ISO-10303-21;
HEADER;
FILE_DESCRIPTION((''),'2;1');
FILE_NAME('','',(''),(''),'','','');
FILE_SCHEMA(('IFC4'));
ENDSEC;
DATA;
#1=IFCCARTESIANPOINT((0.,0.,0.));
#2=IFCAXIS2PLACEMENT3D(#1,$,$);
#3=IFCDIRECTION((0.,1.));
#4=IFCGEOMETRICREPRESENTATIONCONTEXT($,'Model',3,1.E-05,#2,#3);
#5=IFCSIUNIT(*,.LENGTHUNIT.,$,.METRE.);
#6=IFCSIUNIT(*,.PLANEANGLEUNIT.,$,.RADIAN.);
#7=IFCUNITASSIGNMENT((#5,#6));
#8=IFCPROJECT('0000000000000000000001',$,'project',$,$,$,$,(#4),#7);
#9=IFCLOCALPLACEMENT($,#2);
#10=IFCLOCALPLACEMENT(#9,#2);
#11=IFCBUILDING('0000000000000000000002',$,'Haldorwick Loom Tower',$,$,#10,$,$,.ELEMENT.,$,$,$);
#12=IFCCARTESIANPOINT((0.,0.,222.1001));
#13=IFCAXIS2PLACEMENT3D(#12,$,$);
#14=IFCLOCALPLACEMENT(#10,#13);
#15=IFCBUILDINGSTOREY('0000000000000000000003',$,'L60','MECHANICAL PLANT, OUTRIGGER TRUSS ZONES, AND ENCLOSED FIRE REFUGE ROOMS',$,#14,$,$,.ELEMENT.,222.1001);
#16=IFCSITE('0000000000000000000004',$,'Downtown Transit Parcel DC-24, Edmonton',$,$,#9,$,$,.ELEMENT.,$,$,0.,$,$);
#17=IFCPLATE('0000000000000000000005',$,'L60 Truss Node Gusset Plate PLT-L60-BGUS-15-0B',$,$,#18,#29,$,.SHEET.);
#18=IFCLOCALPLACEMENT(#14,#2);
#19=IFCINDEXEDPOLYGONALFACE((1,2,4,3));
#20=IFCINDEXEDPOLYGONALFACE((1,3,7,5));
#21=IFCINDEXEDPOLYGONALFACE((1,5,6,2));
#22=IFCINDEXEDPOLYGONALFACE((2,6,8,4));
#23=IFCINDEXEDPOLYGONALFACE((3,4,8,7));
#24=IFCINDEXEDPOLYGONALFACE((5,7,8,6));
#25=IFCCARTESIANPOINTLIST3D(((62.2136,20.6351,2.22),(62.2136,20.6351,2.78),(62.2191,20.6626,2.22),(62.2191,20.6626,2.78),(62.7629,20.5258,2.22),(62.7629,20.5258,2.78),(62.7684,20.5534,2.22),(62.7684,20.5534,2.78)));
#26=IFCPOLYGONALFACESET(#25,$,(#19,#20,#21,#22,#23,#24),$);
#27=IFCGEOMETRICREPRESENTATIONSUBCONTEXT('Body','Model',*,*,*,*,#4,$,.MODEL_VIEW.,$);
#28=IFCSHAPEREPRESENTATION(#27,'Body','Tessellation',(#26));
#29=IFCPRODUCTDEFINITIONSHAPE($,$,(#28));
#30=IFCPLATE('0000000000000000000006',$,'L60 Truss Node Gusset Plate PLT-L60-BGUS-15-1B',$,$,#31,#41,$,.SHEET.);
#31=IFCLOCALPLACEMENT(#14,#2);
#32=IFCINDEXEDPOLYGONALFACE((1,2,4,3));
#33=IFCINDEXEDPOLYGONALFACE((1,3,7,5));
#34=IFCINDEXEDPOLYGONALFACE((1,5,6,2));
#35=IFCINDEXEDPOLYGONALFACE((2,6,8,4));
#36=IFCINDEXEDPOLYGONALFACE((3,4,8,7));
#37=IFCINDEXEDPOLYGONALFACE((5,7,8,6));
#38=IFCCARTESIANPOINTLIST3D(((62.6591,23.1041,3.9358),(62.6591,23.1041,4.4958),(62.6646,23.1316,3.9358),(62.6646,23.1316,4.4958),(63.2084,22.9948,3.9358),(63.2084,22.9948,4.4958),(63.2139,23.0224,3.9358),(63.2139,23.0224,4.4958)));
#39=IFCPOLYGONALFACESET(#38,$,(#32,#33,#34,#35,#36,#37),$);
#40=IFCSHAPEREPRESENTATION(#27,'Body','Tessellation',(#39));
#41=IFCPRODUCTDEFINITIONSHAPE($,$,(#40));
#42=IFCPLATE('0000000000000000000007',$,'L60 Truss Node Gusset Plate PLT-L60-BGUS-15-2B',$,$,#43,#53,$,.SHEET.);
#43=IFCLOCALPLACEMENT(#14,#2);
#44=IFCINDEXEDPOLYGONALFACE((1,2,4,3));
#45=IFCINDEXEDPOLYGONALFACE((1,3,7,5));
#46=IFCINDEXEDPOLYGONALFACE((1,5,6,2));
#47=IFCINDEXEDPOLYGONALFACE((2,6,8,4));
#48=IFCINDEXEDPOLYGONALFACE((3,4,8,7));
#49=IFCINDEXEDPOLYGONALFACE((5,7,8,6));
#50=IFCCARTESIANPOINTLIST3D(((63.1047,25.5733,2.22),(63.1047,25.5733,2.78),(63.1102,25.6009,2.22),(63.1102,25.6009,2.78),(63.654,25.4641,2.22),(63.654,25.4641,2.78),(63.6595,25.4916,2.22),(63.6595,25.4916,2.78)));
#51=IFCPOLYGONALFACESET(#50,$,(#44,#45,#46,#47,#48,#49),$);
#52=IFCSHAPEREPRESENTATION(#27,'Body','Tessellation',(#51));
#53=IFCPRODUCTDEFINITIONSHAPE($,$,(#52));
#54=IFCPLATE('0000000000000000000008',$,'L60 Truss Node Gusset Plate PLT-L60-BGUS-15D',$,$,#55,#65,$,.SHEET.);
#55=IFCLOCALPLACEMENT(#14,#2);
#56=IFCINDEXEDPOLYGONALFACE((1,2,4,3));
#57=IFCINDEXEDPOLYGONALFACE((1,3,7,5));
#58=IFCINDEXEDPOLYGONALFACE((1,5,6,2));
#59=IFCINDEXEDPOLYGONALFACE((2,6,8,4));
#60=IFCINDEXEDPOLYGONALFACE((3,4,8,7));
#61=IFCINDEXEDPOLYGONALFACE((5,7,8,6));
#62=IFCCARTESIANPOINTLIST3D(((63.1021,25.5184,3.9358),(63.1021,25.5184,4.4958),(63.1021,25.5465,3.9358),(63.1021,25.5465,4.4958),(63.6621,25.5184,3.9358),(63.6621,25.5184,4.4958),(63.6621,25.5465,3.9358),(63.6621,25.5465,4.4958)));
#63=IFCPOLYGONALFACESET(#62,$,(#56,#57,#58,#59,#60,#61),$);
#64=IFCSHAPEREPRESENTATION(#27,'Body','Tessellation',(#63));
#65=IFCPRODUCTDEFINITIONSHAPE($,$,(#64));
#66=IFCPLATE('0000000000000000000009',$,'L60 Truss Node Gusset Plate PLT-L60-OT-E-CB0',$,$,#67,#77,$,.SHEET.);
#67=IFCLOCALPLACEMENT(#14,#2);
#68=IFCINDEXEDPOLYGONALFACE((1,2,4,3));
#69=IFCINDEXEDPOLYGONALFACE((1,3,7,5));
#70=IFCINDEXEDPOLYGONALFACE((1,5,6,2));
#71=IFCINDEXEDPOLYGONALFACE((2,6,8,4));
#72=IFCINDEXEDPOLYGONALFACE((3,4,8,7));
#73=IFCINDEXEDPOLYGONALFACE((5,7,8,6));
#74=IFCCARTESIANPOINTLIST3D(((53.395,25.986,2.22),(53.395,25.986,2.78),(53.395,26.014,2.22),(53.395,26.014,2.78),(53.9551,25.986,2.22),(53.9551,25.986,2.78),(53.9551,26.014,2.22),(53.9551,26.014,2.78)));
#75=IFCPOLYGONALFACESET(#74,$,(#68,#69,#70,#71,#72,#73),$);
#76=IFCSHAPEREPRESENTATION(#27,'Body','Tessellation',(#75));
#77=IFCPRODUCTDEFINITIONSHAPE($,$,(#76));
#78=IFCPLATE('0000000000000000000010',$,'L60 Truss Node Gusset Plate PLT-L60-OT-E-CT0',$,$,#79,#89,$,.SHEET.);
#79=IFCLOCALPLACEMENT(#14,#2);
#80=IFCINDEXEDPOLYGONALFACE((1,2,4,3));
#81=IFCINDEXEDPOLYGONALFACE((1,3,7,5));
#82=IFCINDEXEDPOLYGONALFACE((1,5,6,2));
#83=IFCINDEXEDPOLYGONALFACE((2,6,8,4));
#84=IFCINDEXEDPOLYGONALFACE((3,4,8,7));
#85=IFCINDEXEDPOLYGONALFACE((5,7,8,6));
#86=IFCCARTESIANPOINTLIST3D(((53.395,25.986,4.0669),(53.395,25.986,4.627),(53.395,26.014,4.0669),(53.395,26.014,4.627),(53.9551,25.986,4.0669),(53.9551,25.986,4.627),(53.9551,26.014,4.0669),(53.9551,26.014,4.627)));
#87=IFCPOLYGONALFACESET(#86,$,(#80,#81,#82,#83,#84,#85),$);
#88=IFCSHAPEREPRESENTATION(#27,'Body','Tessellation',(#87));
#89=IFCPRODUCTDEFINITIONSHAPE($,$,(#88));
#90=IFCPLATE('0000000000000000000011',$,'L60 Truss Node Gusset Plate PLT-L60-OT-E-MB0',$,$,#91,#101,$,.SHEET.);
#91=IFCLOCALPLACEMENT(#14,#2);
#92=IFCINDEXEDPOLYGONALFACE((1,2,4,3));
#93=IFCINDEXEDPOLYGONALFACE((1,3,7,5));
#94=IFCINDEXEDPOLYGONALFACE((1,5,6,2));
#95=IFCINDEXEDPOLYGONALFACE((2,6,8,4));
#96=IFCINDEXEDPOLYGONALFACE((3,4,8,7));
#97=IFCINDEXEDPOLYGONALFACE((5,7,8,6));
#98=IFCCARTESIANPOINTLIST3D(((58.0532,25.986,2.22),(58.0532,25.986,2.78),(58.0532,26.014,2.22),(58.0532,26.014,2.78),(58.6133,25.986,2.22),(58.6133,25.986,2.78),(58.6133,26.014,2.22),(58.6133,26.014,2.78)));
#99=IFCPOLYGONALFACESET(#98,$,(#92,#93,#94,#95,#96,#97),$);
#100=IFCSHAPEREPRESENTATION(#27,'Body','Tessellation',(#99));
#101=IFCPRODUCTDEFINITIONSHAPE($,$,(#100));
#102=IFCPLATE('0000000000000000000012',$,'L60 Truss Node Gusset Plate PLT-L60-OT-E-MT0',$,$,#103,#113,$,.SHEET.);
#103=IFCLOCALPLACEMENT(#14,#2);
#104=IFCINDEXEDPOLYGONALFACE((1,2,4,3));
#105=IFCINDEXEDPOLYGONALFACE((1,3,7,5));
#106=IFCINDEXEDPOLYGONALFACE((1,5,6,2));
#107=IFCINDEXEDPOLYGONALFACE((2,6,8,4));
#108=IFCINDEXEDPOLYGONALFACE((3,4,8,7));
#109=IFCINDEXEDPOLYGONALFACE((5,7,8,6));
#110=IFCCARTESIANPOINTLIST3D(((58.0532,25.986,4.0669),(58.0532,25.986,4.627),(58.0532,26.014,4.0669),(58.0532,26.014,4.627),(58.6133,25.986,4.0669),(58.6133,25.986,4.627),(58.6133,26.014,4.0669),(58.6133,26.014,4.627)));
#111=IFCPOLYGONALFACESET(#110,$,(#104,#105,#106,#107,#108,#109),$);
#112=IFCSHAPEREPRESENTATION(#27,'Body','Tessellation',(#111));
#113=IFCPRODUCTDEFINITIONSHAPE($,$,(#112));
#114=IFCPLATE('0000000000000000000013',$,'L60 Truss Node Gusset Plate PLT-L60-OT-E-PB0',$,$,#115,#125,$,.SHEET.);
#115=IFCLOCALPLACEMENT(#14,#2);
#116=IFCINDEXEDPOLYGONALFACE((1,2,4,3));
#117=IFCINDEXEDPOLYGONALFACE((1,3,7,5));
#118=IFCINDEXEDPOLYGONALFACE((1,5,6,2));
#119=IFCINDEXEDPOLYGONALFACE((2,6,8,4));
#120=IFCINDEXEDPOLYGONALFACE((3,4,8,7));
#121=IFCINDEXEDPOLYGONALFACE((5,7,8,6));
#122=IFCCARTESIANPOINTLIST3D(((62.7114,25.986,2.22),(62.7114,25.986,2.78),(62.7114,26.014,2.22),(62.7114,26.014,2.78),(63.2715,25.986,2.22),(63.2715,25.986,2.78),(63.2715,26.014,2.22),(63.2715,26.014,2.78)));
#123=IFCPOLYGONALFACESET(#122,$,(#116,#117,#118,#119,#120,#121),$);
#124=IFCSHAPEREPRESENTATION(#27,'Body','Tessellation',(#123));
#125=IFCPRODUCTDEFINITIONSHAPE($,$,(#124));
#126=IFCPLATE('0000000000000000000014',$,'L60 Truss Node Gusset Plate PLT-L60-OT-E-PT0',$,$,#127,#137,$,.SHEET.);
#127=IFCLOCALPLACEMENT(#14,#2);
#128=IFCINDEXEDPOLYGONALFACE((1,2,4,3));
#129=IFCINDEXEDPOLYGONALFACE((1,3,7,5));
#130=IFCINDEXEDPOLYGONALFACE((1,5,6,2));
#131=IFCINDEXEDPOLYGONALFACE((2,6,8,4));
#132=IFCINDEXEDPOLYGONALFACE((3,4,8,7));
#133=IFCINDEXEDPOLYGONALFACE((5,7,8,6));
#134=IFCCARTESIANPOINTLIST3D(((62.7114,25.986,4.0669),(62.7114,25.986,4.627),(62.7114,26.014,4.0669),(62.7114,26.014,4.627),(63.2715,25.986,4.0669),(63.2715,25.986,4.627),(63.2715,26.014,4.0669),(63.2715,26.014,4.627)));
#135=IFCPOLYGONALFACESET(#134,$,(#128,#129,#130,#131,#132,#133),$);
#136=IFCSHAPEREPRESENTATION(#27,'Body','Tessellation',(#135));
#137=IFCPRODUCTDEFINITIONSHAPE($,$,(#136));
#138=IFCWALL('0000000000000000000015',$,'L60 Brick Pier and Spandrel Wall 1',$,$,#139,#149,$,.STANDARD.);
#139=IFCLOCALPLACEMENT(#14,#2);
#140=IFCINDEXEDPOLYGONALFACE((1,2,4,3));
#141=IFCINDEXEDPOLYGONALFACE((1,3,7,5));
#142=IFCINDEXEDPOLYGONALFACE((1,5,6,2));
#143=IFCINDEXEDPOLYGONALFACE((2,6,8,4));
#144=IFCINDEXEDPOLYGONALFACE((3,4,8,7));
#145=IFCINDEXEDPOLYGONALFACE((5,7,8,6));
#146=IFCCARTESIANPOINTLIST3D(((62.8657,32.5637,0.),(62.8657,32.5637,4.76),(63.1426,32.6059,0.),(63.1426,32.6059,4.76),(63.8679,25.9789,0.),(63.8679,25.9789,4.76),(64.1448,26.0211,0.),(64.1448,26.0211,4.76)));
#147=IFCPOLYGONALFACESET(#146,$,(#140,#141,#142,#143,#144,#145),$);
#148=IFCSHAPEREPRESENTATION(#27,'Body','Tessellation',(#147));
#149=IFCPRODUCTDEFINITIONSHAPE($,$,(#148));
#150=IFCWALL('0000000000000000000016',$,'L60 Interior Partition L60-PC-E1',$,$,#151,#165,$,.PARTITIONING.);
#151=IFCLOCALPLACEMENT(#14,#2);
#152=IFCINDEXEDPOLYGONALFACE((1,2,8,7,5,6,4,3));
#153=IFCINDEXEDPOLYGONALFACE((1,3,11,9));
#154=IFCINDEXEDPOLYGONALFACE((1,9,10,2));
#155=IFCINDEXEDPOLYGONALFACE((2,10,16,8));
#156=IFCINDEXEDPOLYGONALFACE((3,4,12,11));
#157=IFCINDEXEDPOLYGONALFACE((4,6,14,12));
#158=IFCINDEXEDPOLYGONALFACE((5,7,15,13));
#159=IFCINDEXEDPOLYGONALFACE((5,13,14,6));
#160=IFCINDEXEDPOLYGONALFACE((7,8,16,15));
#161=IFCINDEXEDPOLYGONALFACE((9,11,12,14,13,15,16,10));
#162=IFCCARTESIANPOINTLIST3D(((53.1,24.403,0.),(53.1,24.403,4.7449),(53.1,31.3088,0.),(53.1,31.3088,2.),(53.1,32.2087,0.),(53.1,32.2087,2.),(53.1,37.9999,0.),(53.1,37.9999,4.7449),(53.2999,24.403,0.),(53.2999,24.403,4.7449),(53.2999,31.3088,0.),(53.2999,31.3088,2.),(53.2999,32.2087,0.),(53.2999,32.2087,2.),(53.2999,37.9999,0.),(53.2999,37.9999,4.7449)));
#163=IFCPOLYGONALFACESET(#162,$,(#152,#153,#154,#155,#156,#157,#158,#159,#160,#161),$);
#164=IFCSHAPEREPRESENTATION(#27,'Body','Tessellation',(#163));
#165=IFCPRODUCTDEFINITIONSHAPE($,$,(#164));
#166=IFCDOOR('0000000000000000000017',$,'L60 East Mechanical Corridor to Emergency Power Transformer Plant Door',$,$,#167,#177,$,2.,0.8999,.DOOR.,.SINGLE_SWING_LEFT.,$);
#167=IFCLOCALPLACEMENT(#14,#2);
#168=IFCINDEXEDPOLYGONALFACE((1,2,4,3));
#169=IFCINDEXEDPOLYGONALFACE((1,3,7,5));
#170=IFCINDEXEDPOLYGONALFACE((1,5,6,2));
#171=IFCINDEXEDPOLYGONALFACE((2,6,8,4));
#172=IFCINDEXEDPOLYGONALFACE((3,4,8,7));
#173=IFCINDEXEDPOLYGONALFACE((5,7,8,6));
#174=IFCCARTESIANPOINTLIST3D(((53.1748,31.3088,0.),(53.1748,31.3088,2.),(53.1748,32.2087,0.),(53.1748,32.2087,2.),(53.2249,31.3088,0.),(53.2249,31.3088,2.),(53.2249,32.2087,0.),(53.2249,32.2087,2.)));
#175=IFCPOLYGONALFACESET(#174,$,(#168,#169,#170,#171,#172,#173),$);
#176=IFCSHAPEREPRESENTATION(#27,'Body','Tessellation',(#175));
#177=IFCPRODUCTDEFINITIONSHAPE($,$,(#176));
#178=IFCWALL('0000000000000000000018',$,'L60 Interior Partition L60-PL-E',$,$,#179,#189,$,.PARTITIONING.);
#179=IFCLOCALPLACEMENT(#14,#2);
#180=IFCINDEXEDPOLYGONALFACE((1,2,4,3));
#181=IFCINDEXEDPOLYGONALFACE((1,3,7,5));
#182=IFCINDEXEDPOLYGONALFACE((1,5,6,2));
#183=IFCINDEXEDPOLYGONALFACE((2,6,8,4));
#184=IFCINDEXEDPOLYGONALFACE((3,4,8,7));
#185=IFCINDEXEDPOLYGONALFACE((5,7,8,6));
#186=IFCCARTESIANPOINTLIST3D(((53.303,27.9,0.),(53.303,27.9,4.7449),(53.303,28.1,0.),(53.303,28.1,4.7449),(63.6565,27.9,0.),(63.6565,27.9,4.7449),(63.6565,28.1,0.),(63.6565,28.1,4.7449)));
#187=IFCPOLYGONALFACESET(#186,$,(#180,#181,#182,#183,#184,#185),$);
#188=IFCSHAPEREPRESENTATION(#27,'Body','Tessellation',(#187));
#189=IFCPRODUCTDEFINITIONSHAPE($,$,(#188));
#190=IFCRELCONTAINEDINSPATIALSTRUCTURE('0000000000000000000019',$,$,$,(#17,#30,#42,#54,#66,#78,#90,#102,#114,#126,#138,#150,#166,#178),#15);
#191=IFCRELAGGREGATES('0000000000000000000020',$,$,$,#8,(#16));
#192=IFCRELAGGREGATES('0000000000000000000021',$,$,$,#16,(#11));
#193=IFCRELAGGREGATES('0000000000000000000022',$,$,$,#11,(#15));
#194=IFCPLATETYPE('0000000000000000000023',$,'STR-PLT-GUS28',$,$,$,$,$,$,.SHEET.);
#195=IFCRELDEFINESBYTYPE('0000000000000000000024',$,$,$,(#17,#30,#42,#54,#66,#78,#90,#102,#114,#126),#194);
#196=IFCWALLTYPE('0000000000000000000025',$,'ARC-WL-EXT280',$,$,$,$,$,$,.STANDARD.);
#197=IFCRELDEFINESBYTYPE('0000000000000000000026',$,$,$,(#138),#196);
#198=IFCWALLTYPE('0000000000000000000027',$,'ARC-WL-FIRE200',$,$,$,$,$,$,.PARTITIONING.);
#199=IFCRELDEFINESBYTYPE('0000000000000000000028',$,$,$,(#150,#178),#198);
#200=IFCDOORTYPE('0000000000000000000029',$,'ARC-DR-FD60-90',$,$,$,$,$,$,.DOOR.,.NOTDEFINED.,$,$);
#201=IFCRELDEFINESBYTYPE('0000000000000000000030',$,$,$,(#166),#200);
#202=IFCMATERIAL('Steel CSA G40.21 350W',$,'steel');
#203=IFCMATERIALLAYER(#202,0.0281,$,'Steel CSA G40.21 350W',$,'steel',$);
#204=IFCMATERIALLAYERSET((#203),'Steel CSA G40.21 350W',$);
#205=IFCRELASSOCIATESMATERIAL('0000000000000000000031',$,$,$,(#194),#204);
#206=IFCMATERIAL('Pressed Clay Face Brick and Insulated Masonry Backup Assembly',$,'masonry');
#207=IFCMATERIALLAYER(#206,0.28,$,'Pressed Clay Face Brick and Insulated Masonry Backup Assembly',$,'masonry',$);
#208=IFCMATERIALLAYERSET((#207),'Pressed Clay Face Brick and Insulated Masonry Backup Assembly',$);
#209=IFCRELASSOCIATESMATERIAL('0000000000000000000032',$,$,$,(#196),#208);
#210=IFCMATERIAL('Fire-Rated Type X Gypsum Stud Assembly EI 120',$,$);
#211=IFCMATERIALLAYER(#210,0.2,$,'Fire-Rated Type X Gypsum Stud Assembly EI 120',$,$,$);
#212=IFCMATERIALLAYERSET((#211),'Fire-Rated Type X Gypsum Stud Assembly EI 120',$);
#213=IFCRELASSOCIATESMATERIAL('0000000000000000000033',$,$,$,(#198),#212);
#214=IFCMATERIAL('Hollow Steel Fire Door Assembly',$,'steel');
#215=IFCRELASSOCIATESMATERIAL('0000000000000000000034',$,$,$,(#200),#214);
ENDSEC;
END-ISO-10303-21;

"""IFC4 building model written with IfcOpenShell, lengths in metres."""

from ifc_helpers import new_model, si_unit, direction, frame, frame_2d, origin, origin_2d, place, context, subcontext, project, spatial, rectangle, extrude, material, layer, layer_set, type_object, element, fill, save


model = new_model("IFC4")

# Units and contexts
model_context = context("Model", 3, precision=1e-05, world=origin(), true_north=direction((0.0, 1.0)))
body_context = subcontext(model_context, "Body", "Model", "MODEL_VIEW")
ifc_project = project(units=[si_unit("LENGTHUNIT", "METRE"), si_unit("PLANEANGLEUNIT", "RADIAN")], contexts=[model_context])

# Site, building, storey
site_placement = place(None, origin())
site = spatial("IfcSite", under=ifc_project, at=site_placement, Name="Downtown Transit Parcel DC-24, Edmonton", CompositionType="ELEMENT", RefElevation=0.0)
building_placement = place(site_placement, origin())
building = spatial("IfcBuilding", under=site, at=building_placement, Name="Haldorwick Loom Tower", CompositionType="ELEMENT")
storey_placement = place(building_placement, frame((0.0, 0.0, 222.1001)))
storey = spatial("IfcBuildingStorey", under=building, at=storey_placement, Name="L60", Description="MECHANICAL PLANT, OUTRIGGER TRUSS ZONES, AND ENCLOSED FIRE REFUGE ROOMS", CompositionType="ELEMENT", Elevation=222.1001)

# Shared definitions
ifc_material_1 = material(Name="Steel CSA G40.21 350W", Category="steel")

# Plates
ifc_layer_1 = layer(ifc_material_1, 0.0281, Name="Steel CSA G40.21 350W", Category="steel")
ifc_layer_set_1 = layer_set([ifc_layer_1], Name="Steel CSA G40.21 350W")
plate_type = type_object("IfcPlateType", Name="STR-PLT-GUS28", PredefinedType="SHEET", material=ifc_layer_set_1)
for number, where, z_axis, x_axis, name in (
    (1, (62.491, 20.5942, 2.22), (0.0, 0.0, 1.0), (-0.980785, 0.19509, 0.0), "L60 Truss Node Gusset Plate PLT-L60-BGUS-15-0B"),
    (2, (62.9365, 23.0632, 3.9358), (0.0, 0.0, 1.0), (-0.980785, 0.19509, 0.0), "L60 Truss Node Gusset Plate PLT-L60-BGUS-15-1B"),
    (3, (63.3821, 25.5325, 2.22), (0.0, 0.0, 1.0), (-0.980785, 0.19509, 0.0), "L60 Truss Node Gusset Plate PLT-L60-BGUS-15-2B"),
    (4, (63.3821, 25.5325, 3.9358), (0.0, 0.0, 1.0), (1.0, 0.0, 0.0), "L60 Truss Node Gusset Plate PLT-L60-BGUS-15D"),
    (5, (53.675, 26.0, 2.22), (0.0, 0.0, 1.0), (1.0, 0.0, 0.0), "L60 Truss Node Gusset Plate PLT-L60-OT-E-CB0"),
    (6, (53.675, 26.0, 4.0669), (0.0, 0.0, 1.0), (1.0, 0.0, 0.0), "L60 Truss Node Gusset Plate PLT-L60-OT-E-CT0"),
    (7, (58.3333, 26.0, 2.22), (0.0, 0.0, 1.0), (1.0, 0.0, 0.0), "L60 Truss Node Gusset Plate PLT-L60-OT-E-MB0"),
    (8, (58.3333, 26.0, 4.0669), (0.0, 0.0, 1.0), (1.0, 0.0, 0.0), "L60 Truss Node Gusset Plate PLT-L60-OT-E-MT0"),
    (9, (62.9915, 26.0, 2.22), (0.0, 0.0, 1.0), (1.0, 0.0, 0.0), "L60 Truss Node Gusset Plate PLT-L60-OT-E-PB0"),
    (10, (62.9915, 26.0, 4.0669), (0.0, 0.0, 1.0), (1.0, 0.0, 0.0), "L60 Truss Node Gusset Plate PLT-L60-OT-E-PT0"),
):
    element("IfcPlate", number, at=place(storey_placement, frame(where, z_axis=z_axis, x_axis=x_axis)), inside=storey, type_object=plate_type, Name=name, PredefinedType="SHEET", context=body_context, shape_type="SweptSolid", body=[
        extrude(rectangle(XDim=0.5601, YDim=0.0281, at=origin_2d()), origin(), (0.0, 0.0, 1.0), 0.5601),
    ])

# Wall
ifc_material_2 = material(Name="Pressed Clay Face Brick and Insulated Masonry Backup Assembly", Category="masonry")
ifc_layer_2 = layer(ifc_material_2, 0.28, Name="Pressed Clay Face Brick and Insulated Masonry Backup Assembly", Category="masonry")
ifc_layer_set_2 = layer_set([ifc_layer_2], Name="Pressed Clay Face Brick and Insulated Masonry Backup Assembly")
wall_type_1 = type_object("IfcWallType", Name="ARC-WL-EXT280", PredefinedType="STANDARD", material=ifc_layer_set_2)
wall_1_placement = place(storey_placement, frame((64.0063, 26.0, 0.0), z_axis=(0.0, 0.0, 1.0), x_axis=(-0.150468, 0.988615, 0.0)))
element("IfcWall", 11, at=wall_1_placement, inside=storey, type_object=wall_type_1, Name="L60 Brick Pier and Spandrel Wall 1", PredefinedType="STANDARD", context=body_context, shape_type="SweptSolid", body=[
    extrude(rectangle(XDim=6.6606, YDim=0.28, at=frame_2d((3.3303, 0.0))), origin(), (0.0, 0.0, 1.0), 4.76),
])

# Wall, opening, door
ifc_material_3 = material(Name="Fire-Rated Type X Gypsum Stud Assembly EI 120")
ifc_layer_3 = layer(ifc_material_3, 0.2, Name="Fire-Rated Type X Gypsum Stud Assembly EI 120")
ifc_layer_set_3 = layer_set([ifc_layer_3], Name="Fire-Rated Type X Gypsum Stud Assembly EI 120")
wall_type_2 = type_object("IfcWallType", Name="ARC-WL-FIRE200", PredefinedType="PARTITIONING", material=ifc_layer_set_3)
wall_2_placement = place(storey_placement, frame((53.2, 24.4031, 0.0), z_axis=(0.0, 0.0, 1.0), x_axis=(0.0, 1.0, 0.0)))
wall_2 = element("IfcWall", 12, at=wall_2_placement, inside=storey, type_object=wall_type_2, Name="L60 Interior Partition L60-PC-E1", PredefinedType="PARTITIONING", context=body_context, shape_type="SweptSolid", body=[
    extrude(rectangle(XDim=13.5969, YDim=0.2, at=frame_2d((6.7983, 0.0))), origin(), (0.0, 0.0, 1.0), 4.7449),
])
opening_placement = place(wall_2_placement, frame((6.9058, 0.0, 0.0)))
opening = element("IfcOpeningElement", 13, at=opening_placement, cuts=wall_2, PredefinedType="OPENING", context=body_context, shape_type="SweptSolid", body=[
    extrude(rectangle(XDim=0.8999, YDim=2.0, at=frame_2d((0.45, 1.0))), frame((0.0, 0.1099, 0.0), z_axis=(0.0, -1.0, 0.0), x_axis=(1.0, 0.0, 0.0)), (0.0, 0.0, 1.0), 0.22),
])
ifc_material_4 = material(Name="Hollow Steel Fire Door Assembly", Category="steel")
door_type = type_object("IfcDoorType", Name="ARC-DR-FD60-90", OperationType="NOTDEFINED", PredefinedType="DOOR", material=ifc_material_4)
door_placement = place(opening_placement, frame((0.8999, 0.0, 0.0), z_axis=(0.0, 0.0, 1.0), x_axis=(-1.0, 0.0, 0.0)))
door = element("IfcDoor", 14, at=door_placement, inside=storey, type_object=door_type, Name="L60 East Mechanical Corridor to Emergency Power Transformer Plant Door", OperationType="SINGLE_SWING_LEFT", OverallHeight=2.0, OverallWidth=0.8999, PredefinedType="DOOR", context=body_context, shape_type="SweptSolid", body=[
    extrude(rectangle(XDim=0.8999, YDim=2.0, at=frame_2d((0.45, 1.0))), frame((0.0, 0.0249, 0.0), z_axis=(0.0, -1.0, 0.0), x_axis=(1.0, 0.0, 0.0)), (0.0, 0.0, 1.0), 0.05),
])
fill(opening, door)

# Wall
wall_3_placement = place(storey_placement, frame((53.303, 28.0, 0.0), z_axis=(0.0, 0.0, 1.0), x_axis=(1.0, 0.0, 0.0)))
element("IfcWall", 15, at=wall_3_placement, inside=storey, type_object=wall_type_2, Name="L60 Interior Partition L60-PL-E", PredefinedType="PARTITIONING", context=body_context, shape_type="SweptSolid", body=[
    extrude(rectangle(XDim=10.3535, YDim=0.2, at=frame_2d((5.1768, 0.0))), origin(), (0.0, 0.0, 1.0), 4.7449),
])

save(model, "model.ifc")
